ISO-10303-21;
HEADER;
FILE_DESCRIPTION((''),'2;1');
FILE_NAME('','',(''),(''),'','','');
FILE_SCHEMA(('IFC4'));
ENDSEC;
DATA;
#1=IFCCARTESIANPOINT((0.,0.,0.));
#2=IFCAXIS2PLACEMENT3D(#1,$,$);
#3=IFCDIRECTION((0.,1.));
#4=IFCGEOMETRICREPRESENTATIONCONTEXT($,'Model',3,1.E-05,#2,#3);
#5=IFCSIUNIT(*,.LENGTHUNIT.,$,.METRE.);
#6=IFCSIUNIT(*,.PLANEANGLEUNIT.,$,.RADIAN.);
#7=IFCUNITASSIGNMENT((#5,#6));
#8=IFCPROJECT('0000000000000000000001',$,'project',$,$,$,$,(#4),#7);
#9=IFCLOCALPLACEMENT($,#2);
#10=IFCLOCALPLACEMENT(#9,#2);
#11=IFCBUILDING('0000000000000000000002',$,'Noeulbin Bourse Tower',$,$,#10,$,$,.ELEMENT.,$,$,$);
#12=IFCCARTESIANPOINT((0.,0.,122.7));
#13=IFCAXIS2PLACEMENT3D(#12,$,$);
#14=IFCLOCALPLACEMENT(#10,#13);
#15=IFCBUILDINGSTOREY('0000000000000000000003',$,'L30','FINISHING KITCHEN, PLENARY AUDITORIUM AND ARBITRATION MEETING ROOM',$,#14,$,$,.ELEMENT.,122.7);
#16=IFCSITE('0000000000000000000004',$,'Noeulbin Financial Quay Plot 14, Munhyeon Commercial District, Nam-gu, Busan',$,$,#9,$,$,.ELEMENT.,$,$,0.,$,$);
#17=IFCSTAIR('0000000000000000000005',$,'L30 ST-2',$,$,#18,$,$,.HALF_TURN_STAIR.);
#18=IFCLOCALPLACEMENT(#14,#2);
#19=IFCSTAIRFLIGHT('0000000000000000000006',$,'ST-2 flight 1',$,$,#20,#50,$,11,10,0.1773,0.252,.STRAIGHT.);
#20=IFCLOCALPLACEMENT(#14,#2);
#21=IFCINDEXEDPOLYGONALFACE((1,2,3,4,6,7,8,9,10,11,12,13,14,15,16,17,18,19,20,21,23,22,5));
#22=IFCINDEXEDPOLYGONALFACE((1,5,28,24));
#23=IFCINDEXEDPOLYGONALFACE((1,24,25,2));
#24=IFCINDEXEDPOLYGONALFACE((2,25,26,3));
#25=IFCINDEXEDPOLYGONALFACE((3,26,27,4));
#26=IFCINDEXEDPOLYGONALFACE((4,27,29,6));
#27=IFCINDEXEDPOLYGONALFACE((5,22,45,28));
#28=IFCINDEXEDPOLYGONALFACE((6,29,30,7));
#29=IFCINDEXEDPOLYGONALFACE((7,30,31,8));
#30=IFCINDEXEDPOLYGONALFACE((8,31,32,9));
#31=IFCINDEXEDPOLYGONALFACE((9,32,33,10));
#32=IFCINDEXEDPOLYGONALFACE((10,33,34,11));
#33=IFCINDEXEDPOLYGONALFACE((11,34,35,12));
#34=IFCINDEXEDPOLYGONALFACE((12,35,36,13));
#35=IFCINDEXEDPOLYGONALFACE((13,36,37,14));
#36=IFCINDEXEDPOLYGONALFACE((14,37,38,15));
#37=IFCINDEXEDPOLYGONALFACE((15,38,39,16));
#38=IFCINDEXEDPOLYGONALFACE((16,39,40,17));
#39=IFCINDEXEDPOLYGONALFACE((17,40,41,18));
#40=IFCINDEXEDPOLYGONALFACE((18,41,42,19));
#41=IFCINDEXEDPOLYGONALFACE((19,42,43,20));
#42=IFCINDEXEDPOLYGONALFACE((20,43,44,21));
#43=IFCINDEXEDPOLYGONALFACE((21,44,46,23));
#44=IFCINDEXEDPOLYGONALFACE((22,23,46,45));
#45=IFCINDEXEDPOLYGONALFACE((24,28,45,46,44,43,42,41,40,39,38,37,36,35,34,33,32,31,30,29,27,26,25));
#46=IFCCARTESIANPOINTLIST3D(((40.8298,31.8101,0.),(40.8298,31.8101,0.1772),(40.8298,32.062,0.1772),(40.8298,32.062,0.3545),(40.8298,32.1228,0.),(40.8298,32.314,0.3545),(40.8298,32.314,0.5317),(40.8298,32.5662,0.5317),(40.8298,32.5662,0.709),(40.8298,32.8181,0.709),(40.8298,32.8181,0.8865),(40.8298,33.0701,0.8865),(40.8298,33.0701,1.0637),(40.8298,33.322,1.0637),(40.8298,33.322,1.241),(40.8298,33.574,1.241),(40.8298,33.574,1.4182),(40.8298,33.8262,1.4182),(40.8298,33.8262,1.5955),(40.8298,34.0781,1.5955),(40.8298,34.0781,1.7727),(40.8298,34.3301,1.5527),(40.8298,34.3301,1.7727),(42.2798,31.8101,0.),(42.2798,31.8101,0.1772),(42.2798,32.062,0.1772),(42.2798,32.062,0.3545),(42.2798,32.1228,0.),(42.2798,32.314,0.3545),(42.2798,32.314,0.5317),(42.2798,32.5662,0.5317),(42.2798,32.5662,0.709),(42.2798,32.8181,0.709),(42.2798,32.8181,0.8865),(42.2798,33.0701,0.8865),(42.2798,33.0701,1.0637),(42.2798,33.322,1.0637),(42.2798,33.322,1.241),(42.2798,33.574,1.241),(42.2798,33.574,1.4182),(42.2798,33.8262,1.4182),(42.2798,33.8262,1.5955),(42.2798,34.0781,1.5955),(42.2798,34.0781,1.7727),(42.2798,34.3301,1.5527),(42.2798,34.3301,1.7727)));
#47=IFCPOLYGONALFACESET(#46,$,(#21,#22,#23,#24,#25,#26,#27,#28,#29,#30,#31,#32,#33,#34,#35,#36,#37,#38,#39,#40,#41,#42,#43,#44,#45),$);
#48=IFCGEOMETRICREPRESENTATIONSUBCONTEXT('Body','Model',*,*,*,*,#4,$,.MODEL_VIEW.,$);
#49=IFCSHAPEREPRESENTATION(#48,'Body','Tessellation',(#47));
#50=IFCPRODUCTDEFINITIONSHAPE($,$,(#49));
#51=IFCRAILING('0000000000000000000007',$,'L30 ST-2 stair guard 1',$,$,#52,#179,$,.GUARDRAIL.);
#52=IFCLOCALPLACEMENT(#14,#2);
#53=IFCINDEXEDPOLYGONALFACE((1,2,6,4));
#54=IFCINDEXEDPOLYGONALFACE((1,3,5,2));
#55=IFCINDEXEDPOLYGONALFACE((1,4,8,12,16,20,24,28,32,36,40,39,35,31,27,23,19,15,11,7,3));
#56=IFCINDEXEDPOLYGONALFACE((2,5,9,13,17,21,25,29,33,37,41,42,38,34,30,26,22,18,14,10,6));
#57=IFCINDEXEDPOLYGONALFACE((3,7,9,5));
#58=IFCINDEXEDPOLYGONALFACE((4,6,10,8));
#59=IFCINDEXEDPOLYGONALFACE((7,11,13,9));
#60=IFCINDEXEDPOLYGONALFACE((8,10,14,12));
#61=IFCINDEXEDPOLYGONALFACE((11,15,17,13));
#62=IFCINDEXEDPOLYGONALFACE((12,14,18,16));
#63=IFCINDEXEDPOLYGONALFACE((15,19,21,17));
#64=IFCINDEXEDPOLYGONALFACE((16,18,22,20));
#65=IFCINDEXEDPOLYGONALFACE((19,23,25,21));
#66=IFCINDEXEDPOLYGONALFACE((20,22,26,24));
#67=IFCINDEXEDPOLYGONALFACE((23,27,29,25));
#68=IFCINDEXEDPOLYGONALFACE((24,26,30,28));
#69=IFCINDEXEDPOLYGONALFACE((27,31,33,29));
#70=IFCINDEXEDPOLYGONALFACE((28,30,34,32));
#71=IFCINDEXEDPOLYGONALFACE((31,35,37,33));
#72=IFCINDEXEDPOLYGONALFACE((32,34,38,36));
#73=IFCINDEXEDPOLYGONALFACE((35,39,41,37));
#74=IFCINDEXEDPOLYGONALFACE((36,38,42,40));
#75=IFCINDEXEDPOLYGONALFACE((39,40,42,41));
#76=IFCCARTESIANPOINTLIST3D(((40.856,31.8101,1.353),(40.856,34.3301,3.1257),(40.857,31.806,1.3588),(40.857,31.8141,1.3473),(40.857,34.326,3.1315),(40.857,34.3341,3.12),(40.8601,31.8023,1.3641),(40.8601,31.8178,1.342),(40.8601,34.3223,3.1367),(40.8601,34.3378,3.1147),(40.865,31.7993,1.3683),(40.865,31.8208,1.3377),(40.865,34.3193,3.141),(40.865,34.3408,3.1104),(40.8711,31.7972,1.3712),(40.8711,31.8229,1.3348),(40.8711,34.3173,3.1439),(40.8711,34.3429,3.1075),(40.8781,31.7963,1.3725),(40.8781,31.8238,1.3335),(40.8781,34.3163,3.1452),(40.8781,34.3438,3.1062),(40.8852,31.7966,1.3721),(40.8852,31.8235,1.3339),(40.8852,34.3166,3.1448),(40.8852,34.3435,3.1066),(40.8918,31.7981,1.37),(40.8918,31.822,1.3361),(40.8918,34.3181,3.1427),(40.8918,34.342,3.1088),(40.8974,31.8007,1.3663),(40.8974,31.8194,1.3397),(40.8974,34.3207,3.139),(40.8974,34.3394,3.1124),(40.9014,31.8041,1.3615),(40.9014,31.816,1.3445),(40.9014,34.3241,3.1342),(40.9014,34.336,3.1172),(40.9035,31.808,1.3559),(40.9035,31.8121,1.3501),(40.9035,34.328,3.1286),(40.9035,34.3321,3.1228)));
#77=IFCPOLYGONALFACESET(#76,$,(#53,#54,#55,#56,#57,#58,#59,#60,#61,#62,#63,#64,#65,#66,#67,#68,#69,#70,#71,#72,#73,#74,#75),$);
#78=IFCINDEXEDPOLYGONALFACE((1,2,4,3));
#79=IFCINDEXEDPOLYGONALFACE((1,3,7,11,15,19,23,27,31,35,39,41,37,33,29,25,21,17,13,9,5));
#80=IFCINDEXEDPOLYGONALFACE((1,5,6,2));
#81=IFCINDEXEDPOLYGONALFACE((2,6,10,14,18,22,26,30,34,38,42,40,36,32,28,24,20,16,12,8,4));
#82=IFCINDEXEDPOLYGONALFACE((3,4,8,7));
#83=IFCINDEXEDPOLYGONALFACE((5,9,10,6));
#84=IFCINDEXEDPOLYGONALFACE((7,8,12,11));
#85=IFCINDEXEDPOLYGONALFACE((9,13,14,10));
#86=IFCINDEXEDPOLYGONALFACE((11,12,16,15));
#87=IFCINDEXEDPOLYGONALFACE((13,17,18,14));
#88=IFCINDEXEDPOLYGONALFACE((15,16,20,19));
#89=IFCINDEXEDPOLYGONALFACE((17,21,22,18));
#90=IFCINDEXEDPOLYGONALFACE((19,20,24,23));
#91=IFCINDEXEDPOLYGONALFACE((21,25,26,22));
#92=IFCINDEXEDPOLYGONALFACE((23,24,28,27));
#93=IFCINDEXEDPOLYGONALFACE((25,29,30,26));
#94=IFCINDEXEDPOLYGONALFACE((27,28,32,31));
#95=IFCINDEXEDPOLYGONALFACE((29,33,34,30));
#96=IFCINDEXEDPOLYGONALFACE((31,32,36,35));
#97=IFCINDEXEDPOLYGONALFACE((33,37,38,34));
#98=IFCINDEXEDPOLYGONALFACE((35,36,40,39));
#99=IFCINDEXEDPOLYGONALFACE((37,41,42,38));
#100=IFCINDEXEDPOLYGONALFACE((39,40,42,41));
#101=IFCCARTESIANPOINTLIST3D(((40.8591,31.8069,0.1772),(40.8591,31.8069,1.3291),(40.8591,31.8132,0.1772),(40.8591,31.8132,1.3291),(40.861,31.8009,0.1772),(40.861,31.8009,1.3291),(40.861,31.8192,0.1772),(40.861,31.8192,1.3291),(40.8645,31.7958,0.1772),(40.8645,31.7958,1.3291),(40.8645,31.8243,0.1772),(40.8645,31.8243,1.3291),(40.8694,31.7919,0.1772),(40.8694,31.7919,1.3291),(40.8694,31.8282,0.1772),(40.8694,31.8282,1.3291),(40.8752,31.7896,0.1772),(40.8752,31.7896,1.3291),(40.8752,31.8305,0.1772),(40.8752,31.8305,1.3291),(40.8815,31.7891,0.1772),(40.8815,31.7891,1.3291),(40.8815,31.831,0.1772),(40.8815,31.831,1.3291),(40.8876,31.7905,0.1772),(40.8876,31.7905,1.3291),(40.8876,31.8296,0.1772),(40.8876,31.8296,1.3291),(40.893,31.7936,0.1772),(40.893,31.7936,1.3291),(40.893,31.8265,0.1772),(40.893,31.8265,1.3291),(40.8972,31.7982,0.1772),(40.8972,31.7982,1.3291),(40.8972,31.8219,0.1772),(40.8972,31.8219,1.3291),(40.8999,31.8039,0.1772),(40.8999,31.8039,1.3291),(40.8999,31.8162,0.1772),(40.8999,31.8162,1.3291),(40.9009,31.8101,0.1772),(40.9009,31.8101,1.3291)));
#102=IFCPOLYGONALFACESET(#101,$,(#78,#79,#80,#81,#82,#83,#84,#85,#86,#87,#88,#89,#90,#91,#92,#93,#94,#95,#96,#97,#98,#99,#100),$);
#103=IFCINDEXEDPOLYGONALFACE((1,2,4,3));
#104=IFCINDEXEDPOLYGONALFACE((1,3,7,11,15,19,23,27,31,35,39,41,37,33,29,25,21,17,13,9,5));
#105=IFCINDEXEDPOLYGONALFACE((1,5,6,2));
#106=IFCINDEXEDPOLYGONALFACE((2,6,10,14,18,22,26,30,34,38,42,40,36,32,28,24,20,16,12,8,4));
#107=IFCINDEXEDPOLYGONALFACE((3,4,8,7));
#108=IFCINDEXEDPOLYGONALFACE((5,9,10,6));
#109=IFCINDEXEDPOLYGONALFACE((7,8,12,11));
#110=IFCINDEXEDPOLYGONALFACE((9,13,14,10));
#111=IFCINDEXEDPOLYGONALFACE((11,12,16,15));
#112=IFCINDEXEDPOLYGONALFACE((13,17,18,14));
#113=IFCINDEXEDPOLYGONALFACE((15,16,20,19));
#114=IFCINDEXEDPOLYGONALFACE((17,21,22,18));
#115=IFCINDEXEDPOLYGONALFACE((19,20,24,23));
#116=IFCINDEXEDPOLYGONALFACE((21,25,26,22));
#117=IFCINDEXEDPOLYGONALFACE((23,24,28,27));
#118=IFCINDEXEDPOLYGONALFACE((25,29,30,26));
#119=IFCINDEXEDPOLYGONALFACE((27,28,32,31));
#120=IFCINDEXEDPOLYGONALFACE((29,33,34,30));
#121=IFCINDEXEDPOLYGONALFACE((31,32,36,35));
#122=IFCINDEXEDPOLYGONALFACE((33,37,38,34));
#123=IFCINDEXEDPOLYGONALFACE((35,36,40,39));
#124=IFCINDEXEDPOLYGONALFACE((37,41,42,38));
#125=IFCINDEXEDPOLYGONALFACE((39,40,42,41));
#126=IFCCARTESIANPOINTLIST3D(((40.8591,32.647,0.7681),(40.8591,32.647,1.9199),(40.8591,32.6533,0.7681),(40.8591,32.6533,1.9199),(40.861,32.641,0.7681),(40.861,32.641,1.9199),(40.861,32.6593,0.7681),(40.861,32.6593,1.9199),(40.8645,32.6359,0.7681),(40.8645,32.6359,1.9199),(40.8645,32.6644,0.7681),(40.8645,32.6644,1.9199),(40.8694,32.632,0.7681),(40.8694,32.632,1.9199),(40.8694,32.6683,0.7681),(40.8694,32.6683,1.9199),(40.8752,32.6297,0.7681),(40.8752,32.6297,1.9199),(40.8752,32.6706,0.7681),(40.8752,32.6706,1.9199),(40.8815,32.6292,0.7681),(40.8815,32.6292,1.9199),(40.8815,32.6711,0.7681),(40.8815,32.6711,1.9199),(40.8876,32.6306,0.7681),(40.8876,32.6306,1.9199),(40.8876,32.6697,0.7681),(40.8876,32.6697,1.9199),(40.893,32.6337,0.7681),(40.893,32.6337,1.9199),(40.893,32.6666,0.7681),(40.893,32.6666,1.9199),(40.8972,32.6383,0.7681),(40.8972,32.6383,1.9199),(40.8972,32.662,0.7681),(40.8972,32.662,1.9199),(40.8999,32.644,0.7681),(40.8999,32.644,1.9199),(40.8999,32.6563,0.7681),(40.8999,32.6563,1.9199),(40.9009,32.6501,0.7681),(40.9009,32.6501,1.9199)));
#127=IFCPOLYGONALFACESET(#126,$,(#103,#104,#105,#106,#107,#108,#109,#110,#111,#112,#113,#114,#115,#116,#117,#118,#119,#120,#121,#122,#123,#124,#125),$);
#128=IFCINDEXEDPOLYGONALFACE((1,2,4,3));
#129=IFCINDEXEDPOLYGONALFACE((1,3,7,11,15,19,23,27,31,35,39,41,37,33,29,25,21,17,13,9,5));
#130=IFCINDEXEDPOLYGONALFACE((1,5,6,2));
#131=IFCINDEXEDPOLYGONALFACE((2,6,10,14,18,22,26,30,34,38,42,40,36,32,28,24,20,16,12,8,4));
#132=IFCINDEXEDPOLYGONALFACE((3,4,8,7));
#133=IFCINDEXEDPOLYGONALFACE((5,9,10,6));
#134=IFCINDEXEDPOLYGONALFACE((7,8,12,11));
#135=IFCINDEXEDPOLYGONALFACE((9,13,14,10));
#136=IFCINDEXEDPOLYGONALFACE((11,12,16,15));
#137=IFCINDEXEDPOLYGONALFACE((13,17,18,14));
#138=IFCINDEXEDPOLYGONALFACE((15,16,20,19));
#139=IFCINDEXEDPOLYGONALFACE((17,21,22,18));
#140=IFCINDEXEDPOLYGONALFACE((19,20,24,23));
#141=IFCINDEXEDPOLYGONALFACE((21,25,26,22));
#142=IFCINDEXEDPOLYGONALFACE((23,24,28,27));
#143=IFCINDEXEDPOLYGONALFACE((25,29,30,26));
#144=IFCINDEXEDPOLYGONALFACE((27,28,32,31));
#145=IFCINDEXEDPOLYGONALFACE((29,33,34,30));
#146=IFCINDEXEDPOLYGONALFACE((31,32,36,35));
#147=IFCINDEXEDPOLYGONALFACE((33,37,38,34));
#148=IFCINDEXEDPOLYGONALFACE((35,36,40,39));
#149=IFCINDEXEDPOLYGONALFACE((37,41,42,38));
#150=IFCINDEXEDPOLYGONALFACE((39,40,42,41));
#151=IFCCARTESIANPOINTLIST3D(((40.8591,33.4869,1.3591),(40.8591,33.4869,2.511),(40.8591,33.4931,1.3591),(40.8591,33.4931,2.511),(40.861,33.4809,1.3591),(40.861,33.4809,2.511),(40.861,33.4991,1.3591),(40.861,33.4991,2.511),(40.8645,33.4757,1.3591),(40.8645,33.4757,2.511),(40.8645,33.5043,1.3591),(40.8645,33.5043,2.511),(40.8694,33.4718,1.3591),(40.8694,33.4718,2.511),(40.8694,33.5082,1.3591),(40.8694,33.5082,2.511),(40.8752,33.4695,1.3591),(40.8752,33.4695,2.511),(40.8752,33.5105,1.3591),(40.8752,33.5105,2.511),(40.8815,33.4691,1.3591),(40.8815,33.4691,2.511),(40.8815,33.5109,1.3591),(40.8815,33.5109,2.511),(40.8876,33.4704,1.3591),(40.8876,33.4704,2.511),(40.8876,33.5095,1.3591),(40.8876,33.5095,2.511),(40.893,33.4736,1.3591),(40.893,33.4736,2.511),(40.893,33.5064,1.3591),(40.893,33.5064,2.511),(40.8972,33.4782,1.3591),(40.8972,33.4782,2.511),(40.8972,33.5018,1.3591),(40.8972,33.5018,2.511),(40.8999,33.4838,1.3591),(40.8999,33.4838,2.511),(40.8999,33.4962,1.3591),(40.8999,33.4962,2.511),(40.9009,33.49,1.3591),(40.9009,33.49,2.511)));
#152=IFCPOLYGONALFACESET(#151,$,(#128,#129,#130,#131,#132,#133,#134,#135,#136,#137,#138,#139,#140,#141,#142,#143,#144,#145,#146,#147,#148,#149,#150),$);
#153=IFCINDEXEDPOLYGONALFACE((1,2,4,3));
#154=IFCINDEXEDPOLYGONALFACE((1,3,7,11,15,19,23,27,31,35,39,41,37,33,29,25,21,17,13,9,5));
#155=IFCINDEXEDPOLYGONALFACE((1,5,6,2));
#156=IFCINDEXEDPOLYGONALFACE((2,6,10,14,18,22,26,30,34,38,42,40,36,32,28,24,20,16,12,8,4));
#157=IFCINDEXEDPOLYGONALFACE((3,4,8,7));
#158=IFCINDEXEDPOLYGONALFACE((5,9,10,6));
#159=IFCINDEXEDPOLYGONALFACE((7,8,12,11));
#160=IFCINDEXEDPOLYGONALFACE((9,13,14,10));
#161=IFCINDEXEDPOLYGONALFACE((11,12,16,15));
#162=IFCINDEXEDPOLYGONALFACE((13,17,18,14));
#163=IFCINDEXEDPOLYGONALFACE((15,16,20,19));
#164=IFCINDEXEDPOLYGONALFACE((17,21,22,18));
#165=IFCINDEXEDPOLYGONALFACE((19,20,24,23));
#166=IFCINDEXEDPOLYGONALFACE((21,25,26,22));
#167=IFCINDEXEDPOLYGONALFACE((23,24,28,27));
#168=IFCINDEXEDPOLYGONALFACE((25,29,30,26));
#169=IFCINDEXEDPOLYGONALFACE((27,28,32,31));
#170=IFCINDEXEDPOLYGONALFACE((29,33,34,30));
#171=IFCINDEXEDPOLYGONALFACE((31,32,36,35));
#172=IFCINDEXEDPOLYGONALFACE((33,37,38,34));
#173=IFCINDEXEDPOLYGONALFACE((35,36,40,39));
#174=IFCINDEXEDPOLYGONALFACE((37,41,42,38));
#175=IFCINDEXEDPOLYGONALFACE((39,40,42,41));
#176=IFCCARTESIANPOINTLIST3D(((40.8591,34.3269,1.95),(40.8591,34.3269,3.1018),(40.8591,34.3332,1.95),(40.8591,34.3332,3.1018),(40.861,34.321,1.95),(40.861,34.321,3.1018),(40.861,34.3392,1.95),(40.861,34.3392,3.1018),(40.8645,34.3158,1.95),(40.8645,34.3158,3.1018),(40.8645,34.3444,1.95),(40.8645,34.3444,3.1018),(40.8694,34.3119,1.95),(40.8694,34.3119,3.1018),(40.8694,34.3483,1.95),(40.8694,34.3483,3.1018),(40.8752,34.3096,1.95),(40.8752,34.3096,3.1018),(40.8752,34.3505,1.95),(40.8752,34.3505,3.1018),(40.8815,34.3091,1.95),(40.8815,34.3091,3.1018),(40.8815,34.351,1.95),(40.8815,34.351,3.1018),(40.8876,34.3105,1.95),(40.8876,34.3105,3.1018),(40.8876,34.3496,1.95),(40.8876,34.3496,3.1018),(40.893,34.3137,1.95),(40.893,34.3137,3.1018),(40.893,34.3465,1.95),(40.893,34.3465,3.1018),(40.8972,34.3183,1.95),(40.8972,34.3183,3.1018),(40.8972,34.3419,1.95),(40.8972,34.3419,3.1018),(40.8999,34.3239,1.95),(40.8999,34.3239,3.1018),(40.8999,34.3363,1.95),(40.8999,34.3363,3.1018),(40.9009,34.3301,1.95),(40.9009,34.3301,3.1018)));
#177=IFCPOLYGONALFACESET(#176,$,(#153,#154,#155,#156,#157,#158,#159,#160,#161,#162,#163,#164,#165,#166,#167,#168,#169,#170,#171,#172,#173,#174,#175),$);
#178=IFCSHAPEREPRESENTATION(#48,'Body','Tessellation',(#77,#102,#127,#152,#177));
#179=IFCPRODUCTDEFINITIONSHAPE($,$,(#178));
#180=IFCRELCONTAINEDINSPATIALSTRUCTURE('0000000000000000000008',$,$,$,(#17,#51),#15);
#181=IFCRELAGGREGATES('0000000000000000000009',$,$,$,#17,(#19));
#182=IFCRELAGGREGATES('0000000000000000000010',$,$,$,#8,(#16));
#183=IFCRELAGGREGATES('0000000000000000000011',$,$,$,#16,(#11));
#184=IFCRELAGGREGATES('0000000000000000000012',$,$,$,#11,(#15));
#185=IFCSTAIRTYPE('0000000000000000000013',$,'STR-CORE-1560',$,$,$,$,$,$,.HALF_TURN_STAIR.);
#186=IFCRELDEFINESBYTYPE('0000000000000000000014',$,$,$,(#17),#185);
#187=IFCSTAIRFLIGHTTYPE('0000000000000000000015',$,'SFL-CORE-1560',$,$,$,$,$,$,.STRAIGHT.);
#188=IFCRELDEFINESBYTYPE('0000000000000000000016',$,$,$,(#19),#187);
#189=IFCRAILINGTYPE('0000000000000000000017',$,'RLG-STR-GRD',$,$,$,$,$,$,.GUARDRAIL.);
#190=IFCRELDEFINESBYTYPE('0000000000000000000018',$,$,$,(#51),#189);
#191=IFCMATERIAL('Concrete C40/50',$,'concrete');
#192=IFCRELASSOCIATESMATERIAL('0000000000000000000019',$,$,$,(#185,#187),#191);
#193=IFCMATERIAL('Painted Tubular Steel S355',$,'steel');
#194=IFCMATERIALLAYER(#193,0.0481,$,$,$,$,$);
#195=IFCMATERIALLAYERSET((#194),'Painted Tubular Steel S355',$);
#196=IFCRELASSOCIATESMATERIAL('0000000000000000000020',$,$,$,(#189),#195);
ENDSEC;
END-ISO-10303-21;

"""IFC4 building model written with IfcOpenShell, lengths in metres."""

from ifc_helpers import new_model, si_unit, direction, frame, origin, origin_2d, place, context, subcontext, project, spatial, polyline, circle, outline, extrude, material, layer, layer_set, type_object, element, aggregate, save


model = new_model("IFC4")

# Units and contexts
model_context = context("Model", 3, precision=1e-05, world=origin(), true_north=direction((0.0, 1.0)))
body_context = subcontext(model_context, "Body", "Model", "MODEL_VIEW")
ifc_project = project(units=[si_unit("LENGTHUNIT", "METRE"), si_unit("PLANEANGLEUNIT", "RADIAN")], contexts=[model_context])

# Site, building, storey
site_placement = place(None, origin())
site = spatial("IfcSite", under=ifc_project, at=site_placement, Name="Noeulbin Financial Quay Plot 14, Munhyeon Commercial District, Nam-gu, Busan", CompositionType="ELEMENT", RefElevation=0.0)
building_placement = place(site_placement, origin())
building = spatial("IfcBuilding", under=site, at=building_placement, Name="Noeulbin Bourse Tower", CompositionType="ELEMENT")
storey_placement = place(building_placement, frame((0.0, 0.0, 122.7)))
storey = spatial("IfcBuildingStorey", under=building, at=storey_placement, Name="L30", Description="FINISHING KITCHEN, PLENARY AUDITORIUM AND ARBITRATION MEETING ROOM", CompositionType="ELEMENT", Elevation=122.7)

# Shared definitions
ifc_material_1 = material(Name="Concrete C40/50", Category="concrete")

# Stair, stair flight
stair_type = type_object("IfcStairType", Name="STR-CORE-1560", PredefinedType="HALF_TURN_STAIR", material=ifc_material_1)
stair_placement = place(storey_placement, origin())
stair = element("IfcStair", 1, at=stair_placement, inside=storey, type_object=stair_type, Name="L30 ST-2", PredefinedType="HALF_TURN_STAIR")
stair_flight_type = type_object("IfcStairFlightType", Name="SFL-CORE-1560", PredefinedType="STRAIGHT", material=ifc_material_1)
stair_flight_placement = place(storey_placement, frame((41.5549, 31.8101, 0.0), z_axis=(0.0, 0.0, 1.0), x_axis=(0.0, 1.0, 0.0)))
stair_flight = element("IfcStairFlight", 2, at=stair_flight_placement, type_object=stair_flight_type, Name="ST-2 flight 1", NumberOfRisers=11, NumberOfTreads=10, PredefinedType="STRAIGHT", RiserHeight=0.1773, TreadLength=0.252, context=body_context, shape_type="SweptSolid", body=[
    extrude(outline(polyline([(0.0, 0.0), (0.0, 0.1772), (0.252, 0.1772), (0.252, 0.3545), (0.5039, 0.3545), (0.5039, 0.5317), (0.7561, 0.5317), (0.7561, 0.709), (1.0081, 0.709), (1.0081, 0.8865), (1.26, 0.8865), (1.26, 1.0637), (1.512, 1.0637), (1.512, 1.241), (1.7639, 1.241), (1.7639, 1.4182), (2.0161, 1.4182), (2.0161, 1.5955), (2.2681, 1.5955), (2.2681, 1.7727), (2.52, 1.7727), (2.52, 1.95), (2.52, 1.5527), (0.3127, 0.0), (0.0, 0.0)])), frame((0.0, 0.7251, 0.0), z_axis=(0.0, -1.0, 0.0), x_axis=(1.0, 0.0, 0.0)), (0.0, 0.0, 1.0), 1.45),
])
aggregate(stair, [stair_flight])

# Railing
ifc_material_2 = material(Name="Painted Tubular Steel S355", Category="steel")
ifc_layer_1 = layer(ifc_material_2, 0.0481)
ifc_layer_set_1 = layer_set([ifc_layer_1], Name="Painted Tubular Steel S355")
railing_type_1 = type_object("IfcRailingType", Name="RLG-STR-GRD", PredefinedType="GUARDRAIL", material=ifc_layer_set_1)
railing_1_placement = place(storey_placement, frame((40.8799, 31.8101, 0.1772)))
element("IfcRailing", 3, at=railing_1_placement, inside=storey, type_object=railing_type_1, Name="L30 ST-2 stair guard 1", PredefinedType="GUARDRAIL", context=body_context, shape_type="SweptSolid", body=[
    extrude(circle(Radius=0.0239, at=origin_2d()), frame((0.0, 0.0, 1.1758), z_axis=(0.0, 0.817904, 0.575354), x_axis=(-1.0, 0.0, 0.0)), (0.0, 0.0, 1.0), 3.0811),
    extrude(circle(Radius=0.021, at=origin_2d()), origin(), (0.0, 0.0, 1.0), 1.1519),
    extrude(circle(Radius=0.021, at=origin_2d()), frame((0.0, 0.8401, 0.5908)), (0.0, 0.0, 1.0), 1.1519),
    extrude(circle(Radius=0.021, at=origin_2d()), frame((0.0, 1.6799, 1.1819)), (0.0, 0.0, 1.0), 1.1519),
    extrude(circle(Radius=0.021, at=origin_2d()), frame((0.0, 2.52, 1.7727)), (0.0, 0.0, 1.0), 1.1519),
])

save(model, "model.ifc")
